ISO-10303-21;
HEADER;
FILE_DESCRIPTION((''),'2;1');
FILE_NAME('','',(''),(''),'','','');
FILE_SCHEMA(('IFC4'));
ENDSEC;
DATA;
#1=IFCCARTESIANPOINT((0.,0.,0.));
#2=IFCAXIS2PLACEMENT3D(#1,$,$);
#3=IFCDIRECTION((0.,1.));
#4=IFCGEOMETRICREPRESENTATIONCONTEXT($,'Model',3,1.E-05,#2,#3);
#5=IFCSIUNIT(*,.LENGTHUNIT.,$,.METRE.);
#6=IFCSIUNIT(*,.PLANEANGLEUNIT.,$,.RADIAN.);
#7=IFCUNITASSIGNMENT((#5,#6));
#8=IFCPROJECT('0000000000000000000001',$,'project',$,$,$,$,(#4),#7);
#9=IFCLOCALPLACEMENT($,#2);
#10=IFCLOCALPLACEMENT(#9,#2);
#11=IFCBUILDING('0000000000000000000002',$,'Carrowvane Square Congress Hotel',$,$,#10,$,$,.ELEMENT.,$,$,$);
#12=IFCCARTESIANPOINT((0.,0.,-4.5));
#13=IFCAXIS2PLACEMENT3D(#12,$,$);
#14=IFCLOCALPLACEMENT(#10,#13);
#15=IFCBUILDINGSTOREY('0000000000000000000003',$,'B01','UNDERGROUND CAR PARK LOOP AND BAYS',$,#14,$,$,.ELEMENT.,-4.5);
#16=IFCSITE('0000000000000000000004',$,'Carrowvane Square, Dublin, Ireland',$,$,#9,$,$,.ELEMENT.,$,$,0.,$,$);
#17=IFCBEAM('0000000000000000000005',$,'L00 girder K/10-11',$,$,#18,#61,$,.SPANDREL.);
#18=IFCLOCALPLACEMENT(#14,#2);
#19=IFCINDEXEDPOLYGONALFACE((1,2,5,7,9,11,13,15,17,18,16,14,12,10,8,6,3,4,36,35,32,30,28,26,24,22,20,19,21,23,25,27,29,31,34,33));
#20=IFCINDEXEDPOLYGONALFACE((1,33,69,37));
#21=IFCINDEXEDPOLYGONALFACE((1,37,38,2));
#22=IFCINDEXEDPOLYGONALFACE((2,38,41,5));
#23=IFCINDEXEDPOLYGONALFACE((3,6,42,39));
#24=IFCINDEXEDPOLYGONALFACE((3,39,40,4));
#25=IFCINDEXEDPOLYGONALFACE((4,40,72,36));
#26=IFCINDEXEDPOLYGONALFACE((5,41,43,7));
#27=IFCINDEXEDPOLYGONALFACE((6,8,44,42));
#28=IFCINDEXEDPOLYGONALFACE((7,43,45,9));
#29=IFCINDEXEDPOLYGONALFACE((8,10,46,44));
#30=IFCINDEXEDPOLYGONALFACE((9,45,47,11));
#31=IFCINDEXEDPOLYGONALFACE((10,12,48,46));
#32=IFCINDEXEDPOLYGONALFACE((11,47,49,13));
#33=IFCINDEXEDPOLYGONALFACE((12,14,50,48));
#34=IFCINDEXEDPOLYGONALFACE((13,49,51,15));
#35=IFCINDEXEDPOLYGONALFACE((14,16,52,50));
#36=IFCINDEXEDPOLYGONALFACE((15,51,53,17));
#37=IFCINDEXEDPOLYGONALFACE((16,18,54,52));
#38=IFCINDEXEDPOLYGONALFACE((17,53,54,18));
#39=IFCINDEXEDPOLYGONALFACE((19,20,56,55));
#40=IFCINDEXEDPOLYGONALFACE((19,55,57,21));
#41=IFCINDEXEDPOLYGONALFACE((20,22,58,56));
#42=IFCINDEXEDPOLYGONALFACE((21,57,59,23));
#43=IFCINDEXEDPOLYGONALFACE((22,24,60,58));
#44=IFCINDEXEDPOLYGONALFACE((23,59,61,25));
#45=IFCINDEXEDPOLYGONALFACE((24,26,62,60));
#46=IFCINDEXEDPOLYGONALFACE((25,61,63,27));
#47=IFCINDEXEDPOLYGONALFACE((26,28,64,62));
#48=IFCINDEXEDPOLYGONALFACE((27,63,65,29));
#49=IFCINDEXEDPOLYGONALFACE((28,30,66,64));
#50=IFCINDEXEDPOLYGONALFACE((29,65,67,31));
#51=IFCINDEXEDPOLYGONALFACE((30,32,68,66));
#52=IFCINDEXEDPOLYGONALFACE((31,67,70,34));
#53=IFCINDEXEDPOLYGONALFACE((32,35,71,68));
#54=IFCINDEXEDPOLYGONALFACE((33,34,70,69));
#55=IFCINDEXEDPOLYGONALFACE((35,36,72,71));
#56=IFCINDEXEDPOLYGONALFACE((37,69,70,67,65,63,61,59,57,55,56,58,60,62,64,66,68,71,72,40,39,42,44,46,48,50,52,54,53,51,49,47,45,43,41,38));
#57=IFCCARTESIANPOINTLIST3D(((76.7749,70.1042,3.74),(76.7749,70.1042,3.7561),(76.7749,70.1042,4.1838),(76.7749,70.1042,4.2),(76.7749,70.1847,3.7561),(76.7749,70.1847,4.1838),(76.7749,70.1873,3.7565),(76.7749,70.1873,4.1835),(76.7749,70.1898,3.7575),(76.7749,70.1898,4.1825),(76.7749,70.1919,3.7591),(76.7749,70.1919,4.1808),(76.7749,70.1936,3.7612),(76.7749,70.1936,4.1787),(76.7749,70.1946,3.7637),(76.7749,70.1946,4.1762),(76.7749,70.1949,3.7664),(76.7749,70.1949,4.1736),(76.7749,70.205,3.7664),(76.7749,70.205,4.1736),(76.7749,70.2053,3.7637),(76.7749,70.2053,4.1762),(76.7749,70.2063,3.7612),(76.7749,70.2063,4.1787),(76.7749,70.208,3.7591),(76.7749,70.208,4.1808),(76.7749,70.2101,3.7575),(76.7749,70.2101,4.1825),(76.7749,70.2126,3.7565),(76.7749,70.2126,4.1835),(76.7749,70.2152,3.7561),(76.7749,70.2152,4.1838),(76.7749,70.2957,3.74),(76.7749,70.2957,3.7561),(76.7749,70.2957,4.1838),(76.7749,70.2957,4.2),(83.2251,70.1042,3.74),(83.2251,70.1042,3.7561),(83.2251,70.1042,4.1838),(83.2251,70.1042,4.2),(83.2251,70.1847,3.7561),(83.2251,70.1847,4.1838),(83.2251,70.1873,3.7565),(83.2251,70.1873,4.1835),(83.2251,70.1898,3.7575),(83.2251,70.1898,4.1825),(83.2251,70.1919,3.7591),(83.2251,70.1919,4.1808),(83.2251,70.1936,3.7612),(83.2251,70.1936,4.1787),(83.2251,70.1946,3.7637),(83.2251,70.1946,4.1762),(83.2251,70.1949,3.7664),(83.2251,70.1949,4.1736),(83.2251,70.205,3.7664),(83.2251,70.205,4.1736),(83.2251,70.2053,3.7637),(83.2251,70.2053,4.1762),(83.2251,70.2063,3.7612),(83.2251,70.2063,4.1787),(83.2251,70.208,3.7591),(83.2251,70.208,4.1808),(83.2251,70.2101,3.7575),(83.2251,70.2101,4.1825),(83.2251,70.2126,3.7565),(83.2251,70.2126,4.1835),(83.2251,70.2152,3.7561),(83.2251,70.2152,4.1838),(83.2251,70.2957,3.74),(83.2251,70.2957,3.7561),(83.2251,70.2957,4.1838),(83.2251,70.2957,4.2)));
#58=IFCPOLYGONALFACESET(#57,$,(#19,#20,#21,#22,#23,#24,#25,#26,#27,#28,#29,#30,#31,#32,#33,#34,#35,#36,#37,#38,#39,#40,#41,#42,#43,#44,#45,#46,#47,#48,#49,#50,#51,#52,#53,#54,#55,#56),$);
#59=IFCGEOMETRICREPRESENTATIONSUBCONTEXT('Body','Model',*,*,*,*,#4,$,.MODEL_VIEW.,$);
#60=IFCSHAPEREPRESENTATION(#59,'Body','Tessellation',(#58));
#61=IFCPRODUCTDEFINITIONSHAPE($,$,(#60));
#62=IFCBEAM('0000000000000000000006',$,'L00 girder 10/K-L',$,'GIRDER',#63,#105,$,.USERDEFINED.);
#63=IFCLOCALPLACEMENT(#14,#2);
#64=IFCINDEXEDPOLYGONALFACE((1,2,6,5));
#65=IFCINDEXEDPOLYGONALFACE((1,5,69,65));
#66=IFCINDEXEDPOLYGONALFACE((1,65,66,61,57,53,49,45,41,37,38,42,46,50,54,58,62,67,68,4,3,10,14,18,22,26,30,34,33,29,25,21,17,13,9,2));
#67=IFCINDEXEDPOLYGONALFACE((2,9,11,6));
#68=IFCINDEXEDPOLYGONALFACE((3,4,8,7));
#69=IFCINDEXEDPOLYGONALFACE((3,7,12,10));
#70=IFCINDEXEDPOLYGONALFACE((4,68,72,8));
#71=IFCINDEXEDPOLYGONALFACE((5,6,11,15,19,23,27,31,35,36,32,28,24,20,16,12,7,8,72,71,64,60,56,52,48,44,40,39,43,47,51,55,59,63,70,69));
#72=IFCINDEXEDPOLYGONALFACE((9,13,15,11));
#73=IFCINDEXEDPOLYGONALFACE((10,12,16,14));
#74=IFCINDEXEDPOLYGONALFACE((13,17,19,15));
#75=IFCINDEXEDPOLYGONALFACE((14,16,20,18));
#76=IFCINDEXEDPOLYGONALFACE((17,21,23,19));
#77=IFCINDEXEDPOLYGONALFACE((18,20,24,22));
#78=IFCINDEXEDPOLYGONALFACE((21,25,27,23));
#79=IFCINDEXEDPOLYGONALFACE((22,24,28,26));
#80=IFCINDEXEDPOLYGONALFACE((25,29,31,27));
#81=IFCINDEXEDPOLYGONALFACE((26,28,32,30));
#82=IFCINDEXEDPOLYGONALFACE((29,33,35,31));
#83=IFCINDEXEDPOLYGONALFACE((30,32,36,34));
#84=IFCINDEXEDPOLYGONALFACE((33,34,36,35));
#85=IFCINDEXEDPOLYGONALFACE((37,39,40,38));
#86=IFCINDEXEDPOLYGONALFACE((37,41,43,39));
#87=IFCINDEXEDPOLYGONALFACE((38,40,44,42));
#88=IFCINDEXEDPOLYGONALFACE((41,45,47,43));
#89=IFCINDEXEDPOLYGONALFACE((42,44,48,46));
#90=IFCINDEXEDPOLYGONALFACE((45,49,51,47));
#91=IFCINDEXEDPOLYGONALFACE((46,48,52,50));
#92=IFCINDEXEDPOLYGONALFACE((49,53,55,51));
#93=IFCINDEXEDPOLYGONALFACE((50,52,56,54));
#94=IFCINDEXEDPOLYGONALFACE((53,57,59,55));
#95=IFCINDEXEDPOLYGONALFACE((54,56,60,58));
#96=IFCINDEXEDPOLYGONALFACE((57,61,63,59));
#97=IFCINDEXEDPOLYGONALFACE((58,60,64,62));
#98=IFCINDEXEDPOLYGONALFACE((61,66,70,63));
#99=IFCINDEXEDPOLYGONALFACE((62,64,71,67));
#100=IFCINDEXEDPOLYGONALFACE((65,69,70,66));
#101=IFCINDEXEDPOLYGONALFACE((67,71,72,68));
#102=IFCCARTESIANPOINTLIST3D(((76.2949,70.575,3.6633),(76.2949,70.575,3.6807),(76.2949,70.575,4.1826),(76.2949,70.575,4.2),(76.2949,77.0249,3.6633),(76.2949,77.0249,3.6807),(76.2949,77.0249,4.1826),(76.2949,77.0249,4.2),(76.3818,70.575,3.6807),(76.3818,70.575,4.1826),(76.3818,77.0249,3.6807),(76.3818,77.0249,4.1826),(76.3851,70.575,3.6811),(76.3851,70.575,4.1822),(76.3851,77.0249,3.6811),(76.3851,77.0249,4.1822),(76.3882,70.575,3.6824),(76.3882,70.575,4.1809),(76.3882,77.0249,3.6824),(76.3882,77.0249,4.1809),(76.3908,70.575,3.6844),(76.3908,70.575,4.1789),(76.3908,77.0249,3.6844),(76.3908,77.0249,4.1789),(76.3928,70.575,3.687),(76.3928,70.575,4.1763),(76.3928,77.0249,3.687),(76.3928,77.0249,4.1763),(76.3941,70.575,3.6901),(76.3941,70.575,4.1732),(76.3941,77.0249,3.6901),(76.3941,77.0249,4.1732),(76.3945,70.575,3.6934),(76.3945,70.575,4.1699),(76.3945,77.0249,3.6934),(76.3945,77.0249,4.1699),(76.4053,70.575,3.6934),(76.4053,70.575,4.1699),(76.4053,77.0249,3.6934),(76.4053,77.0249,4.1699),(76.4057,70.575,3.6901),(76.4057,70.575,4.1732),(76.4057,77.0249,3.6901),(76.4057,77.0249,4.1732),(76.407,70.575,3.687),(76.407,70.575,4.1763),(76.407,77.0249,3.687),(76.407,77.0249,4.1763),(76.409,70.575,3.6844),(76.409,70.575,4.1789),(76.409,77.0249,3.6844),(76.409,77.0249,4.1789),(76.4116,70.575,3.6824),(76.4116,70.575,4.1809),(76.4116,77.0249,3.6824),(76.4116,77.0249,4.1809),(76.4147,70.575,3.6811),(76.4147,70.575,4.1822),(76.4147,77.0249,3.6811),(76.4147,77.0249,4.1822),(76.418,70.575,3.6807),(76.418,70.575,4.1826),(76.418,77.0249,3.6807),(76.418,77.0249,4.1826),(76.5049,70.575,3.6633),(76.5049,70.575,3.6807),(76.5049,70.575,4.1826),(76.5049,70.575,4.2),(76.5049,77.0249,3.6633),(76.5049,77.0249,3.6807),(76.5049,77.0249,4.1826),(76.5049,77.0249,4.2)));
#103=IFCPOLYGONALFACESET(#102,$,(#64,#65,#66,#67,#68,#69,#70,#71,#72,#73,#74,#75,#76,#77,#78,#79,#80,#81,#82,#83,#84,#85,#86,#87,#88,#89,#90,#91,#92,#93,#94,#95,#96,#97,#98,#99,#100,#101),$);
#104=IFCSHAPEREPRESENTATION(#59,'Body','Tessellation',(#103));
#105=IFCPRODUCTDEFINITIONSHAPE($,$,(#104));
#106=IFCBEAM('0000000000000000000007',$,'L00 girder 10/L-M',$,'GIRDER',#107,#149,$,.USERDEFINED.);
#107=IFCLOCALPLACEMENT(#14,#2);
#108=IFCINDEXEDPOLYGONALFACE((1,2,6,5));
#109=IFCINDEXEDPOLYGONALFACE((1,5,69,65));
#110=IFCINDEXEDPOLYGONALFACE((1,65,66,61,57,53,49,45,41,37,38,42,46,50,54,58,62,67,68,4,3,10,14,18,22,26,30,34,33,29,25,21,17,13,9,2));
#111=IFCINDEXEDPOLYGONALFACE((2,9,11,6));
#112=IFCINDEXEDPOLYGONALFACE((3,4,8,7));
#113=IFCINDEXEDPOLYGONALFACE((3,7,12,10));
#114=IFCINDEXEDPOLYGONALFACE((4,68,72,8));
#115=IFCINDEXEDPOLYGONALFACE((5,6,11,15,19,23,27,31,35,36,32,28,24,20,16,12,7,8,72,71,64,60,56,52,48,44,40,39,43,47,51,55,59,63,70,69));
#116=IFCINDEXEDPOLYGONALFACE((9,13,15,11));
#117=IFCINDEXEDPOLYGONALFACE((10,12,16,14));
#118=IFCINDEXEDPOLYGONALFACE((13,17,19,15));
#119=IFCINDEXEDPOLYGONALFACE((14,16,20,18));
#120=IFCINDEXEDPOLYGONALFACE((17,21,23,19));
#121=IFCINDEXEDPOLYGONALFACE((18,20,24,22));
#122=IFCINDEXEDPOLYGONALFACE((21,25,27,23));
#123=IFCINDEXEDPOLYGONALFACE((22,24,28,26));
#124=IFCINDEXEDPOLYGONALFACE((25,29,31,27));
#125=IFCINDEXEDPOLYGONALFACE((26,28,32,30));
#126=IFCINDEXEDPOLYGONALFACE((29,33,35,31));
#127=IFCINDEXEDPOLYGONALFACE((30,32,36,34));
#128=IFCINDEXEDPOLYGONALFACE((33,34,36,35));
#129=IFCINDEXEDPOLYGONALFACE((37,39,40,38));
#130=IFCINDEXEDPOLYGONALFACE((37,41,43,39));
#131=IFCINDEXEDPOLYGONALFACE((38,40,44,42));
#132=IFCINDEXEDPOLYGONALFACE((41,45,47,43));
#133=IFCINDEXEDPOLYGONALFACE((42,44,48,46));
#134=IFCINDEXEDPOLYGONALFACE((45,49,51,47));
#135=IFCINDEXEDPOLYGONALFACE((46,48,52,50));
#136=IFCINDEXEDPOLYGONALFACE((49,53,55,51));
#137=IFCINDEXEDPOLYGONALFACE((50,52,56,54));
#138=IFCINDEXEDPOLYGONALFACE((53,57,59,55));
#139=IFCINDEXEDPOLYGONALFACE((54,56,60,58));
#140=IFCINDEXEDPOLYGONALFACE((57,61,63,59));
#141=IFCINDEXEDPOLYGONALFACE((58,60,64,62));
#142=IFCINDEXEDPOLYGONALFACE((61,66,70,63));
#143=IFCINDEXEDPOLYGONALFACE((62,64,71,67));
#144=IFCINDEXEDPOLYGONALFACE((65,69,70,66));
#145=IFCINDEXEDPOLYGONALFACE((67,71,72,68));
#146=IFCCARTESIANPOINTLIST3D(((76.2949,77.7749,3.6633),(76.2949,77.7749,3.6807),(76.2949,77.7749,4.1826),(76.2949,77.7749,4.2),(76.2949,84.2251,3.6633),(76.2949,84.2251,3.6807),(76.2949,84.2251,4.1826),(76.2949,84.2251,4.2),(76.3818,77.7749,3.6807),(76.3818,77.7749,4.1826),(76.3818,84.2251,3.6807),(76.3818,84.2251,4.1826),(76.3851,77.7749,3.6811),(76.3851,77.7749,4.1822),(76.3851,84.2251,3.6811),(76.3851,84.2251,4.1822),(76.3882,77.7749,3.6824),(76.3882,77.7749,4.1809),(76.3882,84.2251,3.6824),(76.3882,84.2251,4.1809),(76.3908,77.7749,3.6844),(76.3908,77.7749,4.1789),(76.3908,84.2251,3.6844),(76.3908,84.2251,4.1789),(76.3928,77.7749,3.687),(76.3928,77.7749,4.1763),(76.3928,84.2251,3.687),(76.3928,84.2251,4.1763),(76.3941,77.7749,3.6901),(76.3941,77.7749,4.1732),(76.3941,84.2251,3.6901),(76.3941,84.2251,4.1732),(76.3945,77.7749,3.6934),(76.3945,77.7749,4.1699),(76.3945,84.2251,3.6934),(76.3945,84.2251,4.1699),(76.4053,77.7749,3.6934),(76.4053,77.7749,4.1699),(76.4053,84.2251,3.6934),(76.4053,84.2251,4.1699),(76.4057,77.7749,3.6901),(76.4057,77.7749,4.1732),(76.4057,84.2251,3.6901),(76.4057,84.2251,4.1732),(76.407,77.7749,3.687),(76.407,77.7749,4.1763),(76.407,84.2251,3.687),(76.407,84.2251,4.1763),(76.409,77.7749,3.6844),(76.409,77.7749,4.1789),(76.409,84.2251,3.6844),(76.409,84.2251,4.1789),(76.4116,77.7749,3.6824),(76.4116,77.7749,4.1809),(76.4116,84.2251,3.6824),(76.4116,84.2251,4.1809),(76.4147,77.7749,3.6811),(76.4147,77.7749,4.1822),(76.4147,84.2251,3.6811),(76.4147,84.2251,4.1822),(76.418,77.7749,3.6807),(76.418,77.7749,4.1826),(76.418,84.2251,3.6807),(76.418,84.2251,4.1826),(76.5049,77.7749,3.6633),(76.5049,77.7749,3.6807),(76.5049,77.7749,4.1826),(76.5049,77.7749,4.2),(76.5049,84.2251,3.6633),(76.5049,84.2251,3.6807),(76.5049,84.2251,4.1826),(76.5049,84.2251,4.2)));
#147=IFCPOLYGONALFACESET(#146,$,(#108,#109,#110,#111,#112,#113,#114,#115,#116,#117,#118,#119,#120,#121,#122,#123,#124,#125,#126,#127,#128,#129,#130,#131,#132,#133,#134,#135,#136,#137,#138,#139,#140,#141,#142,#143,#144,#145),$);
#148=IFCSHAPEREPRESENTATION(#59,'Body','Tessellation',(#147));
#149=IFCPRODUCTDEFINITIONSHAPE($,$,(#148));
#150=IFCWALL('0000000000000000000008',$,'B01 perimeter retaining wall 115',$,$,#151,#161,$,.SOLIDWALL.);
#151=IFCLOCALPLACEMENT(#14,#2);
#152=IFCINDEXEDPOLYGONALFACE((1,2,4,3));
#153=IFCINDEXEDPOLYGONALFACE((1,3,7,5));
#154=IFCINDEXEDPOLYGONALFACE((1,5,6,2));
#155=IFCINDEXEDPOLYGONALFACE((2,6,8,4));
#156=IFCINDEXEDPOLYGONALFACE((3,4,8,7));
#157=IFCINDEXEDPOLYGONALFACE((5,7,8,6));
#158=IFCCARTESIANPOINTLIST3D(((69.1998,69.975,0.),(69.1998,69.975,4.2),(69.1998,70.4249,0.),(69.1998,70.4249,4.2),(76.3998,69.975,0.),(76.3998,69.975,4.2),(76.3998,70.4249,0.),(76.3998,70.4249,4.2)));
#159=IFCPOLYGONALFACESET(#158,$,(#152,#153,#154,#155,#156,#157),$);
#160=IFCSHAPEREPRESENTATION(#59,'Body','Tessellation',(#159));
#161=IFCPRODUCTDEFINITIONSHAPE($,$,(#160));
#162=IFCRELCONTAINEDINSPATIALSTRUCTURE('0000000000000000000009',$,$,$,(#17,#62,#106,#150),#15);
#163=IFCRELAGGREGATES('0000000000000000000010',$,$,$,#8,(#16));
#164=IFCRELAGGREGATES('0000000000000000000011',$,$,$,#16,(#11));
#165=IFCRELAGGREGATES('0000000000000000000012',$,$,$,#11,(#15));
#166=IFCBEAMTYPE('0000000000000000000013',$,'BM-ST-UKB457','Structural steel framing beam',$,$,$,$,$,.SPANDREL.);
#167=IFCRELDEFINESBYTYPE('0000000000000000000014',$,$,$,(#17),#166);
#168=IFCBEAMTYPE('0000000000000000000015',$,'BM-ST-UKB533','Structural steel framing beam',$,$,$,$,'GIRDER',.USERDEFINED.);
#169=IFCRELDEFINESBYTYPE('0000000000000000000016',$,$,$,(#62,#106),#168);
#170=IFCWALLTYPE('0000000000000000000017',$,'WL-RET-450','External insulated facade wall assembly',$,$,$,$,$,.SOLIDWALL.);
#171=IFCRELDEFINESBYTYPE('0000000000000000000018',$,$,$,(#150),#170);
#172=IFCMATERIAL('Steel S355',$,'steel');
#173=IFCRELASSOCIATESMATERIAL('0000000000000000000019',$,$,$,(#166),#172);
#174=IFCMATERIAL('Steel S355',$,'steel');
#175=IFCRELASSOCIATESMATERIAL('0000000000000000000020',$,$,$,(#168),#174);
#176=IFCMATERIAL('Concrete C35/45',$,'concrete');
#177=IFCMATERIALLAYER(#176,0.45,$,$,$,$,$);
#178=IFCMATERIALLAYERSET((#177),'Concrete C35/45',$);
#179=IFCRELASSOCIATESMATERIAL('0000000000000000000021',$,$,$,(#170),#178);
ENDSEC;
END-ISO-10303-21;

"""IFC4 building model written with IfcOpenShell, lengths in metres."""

from ifc_helpers import new_model, si_unit, direction, frame, frame_2d, origin, origin_2d, place, context, subcontext, project, spatial, rectangle, i_section, extrude, material, layer, layer_set, material_profile, profile_set, type_object, element, save


model = new_model("IFC4")

# Units and contexts
model_context = context("Model", 3, precision=1e-05, world=origin(), true_north=direction((0.0, 1.0)))
body_context = subcontext(model_context, "Body", "Model", "MODEL_VIEW")
ifc_project = project(units=[si_unit("LENGTHUNIT", "METRE"), si_unit("PLANEANGLEUNIT", "RADIAN")], contexts=[model_context])

# Site, building, storey
site_placement = place(None, origin())
site = spatial("IfcSite", under=ifc_project, at=site_placement, Name="Carrowvane Square, Dublin, Ireland", CompositionType="ELEMENT", RefElevation=0.0)
building_placement = place(site_placement, origin())
building = spatial("IfcBuilding", under=site, at=building_placement, Name="Carrowvane Square Congress Hotel", CompositionType="ELEMENT")
storey_placement = place(building_placement, frame((0.0, 0.0, -4.5)))
storey = spatial("IfcBuildingStorey", under=building, at=storey_placement, Name="B01", Description="UNDERGROUND CAR PARK LOOP AND BAYS", CompositionType="ELEMENT", Elevation=-4.5)

# Beams
ifc_material_1 = material(Name="Steel S355", Category="steel")
ifc_material_profile_1 = material_profile(ifc_material_1, i_section(OverallWidth=0.1914, OverallDepth=0.46, WebThickness=0.01, FlangeThickness=0.0161, FilletRadius=0.0103, at=origin_2d()), Name="UKB 457x191x82")
ifc_profile_set_1 = profile_set([ifc_material_profile_1], Name="Steel S355")
beam_type_1 = type_object("IfcBeamType", Name="BM-ST-UKB457", Description="Structural steel framing beam", PredefinedType="SPANDREL", material=ifc_profile_set_1)
beam_1_placement = place(storey_placement, frame((76.7749, 70.2, 3.97), z_axis=(1.0, 0.0, 0.0), x_axis=(0.0, 1.0, 0.0)))
element("IfcBeam", 1, at=beam_1_placement, inside=storey, type_object=beam_type_1, Name="L00 girder K/10-11", PredefinedType="SPANDREL", context=body_context, shape_type="SweptSolid", body=[
    extrude(i_section(OverallWidth=0.1914, OverallDepth=0.46, WebThickness=0.01, FlangeThickness=0.0161, FilletRadius=0.0103, at=origin_2d()), origin(), (0.0, 0.0, 1.0), 6.4502),
])
ifc_material_2 = material(Name="Steel S355", Category="steel")
ifc_material_profile_2 = material_profile(ifc_material_2, i_section(OverallWidth=0.21, OverallDepth=0.5366, WebThickness=0.0107, FlangeThickness=0.0173, FilletRadius=0.0127, at=origin_2d()), Name="UKB 533x210x101")
ifc_profile_set_2 = profile_set([ifc_material_profile_2], Name="Steel S355")
beam_type_2 = type_object("IfcBeamType", Name="BM-ST-UKB533", Description="Structural steel framing beam", ElementType="GIRDER", PredefinedType="USERDEFINED", material=ifc_profile_set_2)
beam_2_placement = place(storey_placement, frame((76.3999, 70.575, 3.9316), z_axis=(0.0, 1.0, 0.0), x_axis=(-1.0, 0.0, 0.0)))
element("IfcBeam", 2, at=beam_2_placement, inside=storey, type_object=beam_type_2, Name="L00 girder 10/K-L", ObjectType="GIRDER", PredefinedType="USERDEFINED", context=body_context, shape_type="SweptSolid", body=[
    extrude(i_section(OverallWidth=0.21, OverallDepth=0.5366, WebThickness=0.0107, FlangeThickness=0.0173, FilletRadius=0.0127, at=origin_2d()), origin(), (0.0, 0.0, 1.0), 6.45),
])
beam_3_placement = place(storey_placement, frame((76.3999, 77.7749, 3.9316), z_axis=(0.0, 1.0, 0.0), x_axis=(-1.0, 0.0, 0.0)))
element("IfcBeam", 3, at=beam_3_placement, inside=storey, type_object=beam_type_2, Name="L00 girder 10/L-M", ObjectType="GIRDER", PredefinedType="USERDEFINED", context=body_context, shape_type="SweptSolid", body=[
    extrude(i_section(OverallWidth=0.21, OverallDepth=0.5366, WebThickness=0.0107, FlangeThickness=0.0173, FilletRadius=0.0127, at=origin_2d()), origin(), (0.0, 0.0, 1.0), 6.4502),
])

# Wall
ifc_material_3 = material(Name="Concrete C35/45", Category="concrete")
ifc_layer = layer(ifc_material_3, 0.45)
ifc_layer_set = layer_set([ifc_layer], Name="Concrete C35/45")
wall_type = type_object("IfcWallType", Name="WL-RET-450", Description="External insulated facade wall assembly", PredefinedType="SOLIDWALL", material=ifc_layer_set)
wall_placement = place(storey_placement, frame((76.3999, 70.2, 0.0), z_axis=(0.0, 0.0, 1.0), x_axis=(-1.0, 0.0, 0.0)))
element("IfcWall", 4, at=wall_placement, inside=storey, type_object=wall_type, Name="B01 perimeter retaining wall 115", PredefinedType="SOLIDWALL", context=body_context, shape_type="SweptSolid", body=[
    extrude(rectangle(XDim=7.2, YDim=0.45, at=frame_2d((3.6001, 0.0))), origin(), (0.0, 0.0, 1.0), 4.2),
])

save(model, "model.ifc")
